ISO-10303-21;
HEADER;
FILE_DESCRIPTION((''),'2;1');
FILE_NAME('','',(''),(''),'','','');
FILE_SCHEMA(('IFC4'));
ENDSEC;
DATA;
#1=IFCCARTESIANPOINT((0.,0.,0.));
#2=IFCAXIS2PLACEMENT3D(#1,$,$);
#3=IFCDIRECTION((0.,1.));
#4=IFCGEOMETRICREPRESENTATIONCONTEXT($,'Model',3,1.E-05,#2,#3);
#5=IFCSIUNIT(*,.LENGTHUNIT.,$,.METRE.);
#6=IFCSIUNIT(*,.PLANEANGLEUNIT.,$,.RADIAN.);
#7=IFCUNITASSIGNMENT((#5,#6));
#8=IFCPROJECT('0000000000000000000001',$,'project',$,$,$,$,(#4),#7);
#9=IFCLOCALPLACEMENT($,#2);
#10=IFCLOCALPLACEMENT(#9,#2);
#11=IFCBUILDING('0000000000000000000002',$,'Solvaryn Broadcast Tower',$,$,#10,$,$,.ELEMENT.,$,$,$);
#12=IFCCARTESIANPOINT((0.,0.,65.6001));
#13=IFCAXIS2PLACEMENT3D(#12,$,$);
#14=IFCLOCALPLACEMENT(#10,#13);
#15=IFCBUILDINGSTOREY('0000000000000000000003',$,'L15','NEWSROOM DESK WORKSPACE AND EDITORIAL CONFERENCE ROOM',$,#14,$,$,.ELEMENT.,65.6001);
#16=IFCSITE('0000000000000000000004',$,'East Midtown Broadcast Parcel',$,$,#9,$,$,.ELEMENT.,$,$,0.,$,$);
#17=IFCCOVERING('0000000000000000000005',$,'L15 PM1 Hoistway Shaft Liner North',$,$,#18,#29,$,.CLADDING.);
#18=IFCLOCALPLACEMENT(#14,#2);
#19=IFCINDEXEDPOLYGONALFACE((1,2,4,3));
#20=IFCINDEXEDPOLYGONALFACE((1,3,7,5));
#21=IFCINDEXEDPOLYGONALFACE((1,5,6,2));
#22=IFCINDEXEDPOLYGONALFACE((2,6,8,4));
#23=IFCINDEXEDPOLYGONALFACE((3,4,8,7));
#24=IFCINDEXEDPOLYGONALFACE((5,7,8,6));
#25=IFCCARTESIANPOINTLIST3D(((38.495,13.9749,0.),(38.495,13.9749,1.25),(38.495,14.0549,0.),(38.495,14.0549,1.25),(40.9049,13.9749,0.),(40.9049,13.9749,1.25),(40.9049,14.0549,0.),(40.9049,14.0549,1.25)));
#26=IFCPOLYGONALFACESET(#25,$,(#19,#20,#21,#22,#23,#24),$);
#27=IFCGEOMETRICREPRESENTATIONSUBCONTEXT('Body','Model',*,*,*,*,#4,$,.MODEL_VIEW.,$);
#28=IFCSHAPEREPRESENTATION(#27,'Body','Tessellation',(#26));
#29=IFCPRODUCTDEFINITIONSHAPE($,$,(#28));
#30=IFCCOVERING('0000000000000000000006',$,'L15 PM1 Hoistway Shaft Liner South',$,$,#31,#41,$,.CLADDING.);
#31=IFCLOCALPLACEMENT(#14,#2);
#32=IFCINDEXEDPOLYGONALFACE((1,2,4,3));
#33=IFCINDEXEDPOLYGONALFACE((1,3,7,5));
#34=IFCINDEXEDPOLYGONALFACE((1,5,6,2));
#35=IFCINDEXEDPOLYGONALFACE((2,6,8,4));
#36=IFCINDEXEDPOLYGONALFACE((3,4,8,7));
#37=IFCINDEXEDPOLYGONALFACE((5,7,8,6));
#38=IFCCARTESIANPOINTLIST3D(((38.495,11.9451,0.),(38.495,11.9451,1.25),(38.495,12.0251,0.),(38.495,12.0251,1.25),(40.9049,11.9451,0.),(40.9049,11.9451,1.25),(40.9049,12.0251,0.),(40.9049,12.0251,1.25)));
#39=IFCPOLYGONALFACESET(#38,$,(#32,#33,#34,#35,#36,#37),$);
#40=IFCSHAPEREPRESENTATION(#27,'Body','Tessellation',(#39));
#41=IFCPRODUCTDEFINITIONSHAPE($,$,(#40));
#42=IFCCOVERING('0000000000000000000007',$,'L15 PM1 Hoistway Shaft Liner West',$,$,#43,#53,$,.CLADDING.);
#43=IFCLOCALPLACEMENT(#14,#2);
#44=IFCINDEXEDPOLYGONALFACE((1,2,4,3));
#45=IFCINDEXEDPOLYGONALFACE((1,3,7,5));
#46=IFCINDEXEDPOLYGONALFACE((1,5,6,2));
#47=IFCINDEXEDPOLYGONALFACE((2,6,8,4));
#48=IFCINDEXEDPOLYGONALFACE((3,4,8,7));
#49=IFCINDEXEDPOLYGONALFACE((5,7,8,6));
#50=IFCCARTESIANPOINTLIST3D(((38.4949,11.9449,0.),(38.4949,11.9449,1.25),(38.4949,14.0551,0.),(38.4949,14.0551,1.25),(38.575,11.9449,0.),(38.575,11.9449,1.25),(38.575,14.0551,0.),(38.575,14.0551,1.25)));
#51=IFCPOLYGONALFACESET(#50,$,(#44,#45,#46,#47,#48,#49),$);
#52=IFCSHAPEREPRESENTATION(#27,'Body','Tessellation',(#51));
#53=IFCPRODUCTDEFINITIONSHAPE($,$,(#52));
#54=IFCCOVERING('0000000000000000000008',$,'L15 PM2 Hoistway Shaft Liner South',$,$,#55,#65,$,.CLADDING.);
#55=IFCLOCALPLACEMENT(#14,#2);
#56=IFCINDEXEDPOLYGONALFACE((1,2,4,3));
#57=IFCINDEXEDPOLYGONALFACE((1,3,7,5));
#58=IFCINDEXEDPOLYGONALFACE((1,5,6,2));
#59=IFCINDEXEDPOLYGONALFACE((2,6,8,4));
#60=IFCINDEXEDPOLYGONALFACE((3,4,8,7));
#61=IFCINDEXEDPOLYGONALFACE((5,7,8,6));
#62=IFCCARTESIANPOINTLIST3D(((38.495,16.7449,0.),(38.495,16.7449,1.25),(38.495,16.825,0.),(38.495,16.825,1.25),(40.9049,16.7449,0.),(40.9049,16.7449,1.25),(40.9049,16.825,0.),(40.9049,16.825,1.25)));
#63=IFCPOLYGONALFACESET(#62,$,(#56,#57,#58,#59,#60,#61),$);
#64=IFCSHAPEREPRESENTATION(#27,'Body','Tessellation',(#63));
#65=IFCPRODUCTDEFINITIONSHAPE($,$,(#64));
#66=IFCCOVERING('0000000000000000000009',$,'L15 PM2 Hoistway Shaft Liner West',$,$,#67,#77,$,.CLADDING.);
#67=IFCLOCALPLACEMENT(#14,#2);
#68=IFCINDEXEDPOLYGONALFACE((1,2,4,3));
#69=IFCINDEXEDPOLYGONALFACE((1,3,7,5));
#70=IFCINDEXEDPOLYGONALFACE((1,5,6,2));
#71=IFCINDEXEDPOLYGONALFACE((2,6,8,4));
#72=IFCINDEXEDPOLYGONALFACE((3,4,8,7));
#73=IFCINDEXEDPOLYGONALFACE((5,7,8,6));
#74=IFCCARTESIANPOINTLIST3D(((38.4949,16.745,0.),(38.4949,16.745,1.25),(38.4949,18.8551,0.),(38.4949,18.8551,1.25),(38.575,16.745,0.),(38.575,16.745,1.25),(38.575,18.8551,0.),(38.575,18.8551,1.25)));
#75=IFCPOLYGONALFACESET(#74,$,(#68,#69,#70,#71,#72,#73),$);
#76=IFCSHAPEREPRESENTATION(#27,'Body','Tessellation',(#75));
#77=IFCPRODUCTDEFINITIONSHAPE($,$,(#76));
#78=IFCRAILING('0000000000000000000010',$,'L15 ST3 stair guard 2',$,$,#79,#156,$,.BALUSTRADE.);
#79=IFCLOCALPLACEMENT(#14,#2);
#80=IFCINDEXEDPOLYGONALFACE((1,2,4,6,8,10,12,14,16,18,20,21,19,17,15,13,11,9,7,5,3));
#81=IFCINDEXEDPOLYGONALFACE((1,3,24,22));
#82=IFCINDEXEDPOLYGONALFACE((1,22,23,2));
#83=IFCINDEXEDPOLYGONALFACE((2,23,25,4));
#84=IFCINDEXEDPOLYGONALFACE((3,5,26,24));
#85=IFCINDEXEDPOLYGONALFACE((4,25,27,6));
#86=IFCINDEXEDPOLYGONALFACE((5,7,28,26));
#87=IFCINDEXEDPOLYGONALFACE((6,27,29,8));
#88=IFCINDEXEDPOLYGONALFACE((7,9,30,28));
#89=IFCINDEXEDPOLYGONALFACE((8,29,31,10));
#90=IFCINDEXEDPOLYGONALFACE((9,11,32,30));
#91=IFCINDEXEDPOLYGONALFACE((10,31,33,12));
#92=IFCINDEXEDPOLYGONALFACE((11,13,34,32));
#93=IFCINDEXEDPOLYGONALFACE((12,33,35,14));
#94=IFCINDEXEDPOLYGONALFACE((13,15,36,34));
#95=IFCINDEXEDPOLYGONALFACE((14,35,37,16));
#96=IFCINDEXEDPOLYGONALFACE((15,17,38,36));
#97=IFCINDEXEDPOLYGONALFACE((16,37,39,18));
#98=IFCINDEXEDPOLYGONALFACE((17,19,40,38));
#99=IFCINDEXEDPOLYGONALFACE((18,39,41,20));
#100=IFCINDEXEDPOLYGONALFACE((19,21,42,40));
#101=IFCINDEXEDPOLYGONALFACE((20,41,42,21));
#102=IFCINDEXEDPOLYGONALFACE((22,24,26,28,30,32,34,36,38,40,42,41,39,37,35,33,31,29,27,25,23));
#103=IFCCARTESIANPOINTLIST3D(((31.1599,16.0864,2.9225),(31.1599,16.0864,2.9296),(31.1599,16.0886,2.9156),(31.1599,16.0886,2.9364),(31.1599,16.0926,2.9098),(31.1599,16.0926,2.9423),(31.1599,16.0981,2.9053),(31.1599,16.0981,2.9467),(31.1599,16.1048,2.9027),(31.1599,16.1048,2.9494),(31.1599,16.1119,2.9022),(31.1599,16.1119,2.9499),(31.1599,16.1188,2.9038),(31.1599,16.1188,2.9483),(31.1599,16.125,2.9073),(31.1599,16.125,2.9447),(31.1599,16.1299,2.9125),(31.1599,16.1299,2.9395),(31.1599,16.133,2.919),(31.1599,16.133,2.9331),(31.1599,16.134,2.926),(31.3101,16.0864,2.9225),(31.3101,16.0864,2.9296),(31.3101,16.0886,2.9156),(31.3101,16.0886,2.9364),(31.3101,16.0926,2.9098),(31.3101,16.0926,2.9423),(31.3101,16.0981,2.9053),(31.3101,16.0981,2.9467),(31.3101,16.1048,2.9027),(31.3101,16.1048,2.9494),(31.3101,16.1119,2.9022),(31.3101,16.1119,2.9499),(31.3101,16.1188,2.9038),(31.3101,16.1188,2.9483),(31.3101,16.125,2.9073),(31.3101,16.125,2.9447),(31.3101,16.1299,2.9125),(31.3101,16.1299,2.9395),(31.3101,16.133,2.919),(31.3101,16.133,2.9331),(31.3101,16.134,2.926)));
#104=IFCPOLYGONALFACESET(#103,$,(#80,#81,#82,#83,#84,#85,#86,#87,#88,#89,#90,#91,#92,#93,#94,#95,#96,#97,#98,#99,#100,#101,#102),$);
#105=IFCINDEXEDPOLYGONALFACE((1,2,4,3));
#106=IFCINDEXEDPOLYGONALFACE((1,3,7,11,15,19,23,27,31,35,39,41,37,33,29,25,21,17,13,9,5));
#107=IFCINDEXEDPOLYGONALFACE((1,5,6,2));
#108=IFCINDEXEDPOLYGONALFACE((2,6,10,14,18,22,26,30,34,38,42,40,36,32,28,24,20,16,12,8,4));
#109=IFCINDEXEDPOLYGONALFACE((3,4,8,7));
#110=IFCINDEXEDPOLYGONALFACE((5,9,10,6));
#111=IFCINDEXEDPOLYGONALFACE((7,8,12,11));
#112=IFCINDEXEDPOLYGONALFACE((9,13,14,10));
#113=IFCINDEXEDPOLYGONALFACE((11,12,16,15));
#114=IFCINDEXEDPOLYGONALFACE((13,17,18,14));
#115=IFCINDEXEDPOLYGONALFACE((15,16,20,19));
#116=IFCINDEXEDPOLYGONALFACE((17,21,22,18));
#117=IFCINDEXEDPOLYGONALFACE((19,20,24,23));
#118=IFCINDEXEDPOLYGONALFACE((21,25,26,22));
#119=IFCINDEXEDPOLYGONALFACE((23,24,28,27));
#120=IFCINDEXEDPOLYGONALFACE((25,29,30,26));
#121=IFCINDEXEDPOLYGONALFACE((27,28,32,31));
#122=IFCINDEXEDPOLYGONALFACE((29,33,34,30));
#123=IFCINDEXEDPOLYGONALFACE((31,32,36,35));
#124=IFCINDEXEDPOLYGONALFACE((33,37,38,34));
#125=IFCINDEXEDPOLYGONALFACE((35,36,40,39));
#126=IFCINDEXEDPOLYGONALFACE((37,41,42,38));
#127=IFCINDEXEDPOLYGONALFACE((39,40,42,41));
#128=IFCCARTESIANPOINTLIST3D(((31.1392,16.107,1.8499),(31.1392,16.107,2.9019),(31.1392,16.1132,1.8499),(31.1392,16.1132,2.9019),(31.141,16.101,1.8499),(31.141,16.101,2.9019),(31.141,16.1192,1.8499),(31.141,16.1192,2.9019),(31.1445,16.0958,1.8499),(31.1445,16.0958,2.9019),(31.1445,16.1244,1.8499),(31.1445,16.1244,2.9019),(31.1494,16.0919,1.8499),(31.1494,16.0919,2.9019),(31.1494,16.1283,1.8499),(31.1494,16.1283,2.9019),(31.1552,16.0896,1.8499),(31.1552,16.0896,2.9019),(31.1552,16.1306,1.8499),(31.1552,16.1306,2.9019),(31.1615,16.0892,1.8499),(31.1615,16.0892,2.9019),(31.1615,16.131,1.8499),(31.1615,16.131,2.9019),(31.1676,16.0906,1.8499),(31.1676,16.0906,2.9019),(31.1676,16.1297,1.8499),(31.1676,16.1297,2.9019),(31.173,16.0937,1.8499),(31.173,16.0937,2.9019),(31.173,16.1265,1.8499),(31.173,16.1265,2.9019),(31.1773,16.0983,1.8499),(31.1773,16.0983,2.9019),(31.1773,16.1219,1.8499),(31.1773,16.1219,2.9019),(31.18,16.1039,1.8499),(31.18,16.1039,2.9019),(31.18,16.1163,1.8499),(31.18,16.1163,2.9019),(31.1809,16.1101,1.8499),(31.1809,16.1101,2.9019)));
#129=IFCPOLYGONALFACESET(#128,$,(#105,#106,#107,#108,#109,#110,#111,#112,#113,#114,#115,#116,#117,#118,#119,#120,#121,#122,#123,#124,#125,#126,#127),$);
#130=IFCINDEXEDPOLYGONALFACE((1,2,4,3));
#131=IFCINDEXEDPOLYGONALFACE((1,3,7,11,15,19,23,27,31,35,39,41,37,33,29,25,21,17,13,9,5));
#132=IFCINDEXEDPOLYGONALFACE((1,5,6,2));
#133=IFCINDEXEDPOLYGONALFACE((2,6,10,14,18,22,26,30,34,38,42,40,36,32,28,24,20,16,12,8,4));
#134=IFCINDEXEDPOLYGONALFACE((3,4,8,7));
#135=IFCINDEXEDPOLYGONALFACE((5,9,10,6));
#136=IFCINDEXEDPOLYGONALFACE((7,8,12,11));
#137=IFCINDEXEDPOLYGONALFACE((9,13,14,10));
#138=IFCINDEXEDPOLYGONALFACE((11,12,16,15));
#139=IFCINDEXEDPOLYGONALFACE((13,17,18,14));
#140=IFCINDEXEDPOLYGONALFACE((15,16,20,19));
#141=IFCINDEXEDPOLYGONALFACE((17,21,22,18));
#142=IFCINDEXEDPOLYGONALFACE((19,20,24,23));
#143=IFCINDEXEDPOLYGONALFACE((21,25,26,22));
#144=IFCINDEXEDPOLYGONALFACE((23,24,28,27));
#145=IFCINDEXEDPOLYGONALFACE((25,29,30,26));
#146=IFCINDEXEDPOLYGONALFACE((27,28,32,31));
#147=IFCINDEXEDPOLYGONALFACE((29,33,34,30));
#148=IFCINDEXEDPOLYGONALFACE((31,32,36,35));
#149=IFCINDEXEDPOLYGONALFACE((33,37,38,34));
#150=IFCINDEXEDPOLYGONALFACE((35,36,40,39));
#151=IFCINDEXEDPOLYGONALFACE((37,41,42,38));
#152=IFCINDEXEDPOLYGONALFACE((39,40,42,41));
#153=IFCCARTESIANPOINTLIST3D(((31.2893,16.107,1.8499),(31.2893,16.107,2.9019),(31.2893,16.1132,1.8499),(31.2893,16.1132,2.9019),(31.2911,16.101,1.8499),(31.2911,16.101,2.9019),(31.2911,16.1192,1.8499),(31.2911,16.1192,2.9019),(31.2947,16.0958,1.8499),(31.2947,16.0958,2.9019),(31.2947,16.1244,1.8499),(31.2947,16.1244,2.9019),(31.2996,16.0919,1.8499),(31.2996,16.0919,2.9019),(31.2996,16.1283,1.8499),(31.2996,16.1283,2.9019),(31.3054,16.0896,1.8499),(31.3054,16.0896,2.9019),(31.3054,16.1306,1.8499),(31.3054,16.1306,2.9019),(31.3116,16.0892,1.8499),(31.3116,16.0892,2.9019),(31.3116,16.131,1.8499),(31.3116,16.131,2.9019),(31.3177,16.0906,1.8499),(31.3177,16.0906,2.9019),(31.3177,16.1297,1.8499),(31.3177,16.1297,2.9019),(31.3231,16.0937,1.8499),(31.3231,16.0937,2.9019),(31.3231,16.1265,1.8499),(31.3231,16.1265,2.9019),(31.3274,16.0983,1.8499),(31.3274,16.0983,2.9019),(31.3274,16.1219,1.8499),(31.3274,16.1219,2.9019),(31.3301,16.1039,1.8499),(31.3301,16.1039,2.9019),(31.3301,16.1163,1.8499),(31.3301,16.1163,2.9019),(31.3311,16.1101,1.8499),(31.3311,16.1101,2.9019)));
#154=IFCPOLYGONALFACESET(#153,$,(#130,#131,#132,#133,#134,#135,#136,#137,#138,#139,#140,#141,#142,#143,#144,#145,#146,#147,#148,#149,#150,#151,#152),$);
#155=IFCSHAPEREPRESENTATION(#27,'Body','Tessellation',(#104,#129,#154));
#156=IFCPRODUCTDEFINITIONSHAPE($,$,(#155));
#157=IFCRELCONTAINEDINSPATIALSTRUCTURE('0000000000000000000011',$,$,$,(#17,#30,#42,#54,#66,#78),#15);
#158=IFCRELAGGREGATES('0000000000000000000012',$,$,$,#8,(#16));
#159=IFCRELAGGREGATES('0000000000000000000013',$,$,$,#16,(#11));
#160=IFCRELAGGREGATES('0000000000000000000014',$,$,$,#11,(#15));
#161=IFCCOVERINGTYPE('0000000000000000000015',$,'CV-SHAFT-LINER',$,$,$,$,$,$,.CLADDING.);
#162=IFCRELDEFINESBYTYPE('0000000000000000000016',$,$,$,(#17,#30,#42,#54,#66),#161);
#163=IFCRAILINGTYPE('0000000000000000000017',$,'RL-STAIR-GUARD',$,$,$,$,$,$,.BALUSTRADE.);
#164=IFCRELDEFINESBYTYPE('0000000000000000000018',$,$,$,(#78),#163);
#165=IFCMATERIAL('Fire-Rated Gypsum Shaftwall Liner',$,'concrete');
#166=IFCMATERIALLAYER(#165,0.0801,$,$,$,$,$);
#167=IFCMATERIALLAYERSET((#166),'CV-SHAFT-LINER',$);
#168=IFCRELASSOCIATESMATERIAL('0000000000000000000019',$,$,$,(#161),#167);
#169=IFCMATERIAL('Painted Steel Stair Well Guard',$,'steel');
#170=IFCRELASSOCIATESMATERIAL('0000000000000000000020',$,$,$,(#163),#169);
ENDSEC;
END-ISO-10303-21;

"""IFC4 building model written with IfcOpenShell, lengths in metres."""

from ifc_helpers import new_model, si_unit, direction, frame, origin, origin_2d, place, context, subcontext, project, spatial, rectangle, circle, extrude, material, layer, layer_set, type_object, element, save


model = new_model("IFC4")

# Units and contexts
model_context = context("Model", 3, precision=1e-05, world=origin(), true_north=direction((0.0, 1.0)))
body_context = subcontext(model_context, "Body", "Model", "MODEL_VIEW")
ifc_project = project(units=[si_unit("LENGTHUNIT", "METRE"), si_unit("PLANEANGLEUNIT", "RADIAN")], contexts=[model_context])

# Site, building, storey
site_placement = place(None, origin())
site = spatial("IfcSite", under=ifc_project, at=site_placement, Name="East Midtown Broadcast Parcel", CompositionType="ELEMENT", RefElevation=0.0)
building_placement = place(site_placement, origin())
building = spatial("IfcBuilding", under=site, at=building_placement, Name="Solvaryn Broadcast Tower", CompositionType="ELEMENT")
storey_placement = place(building_placement, frame((0.0, 0.0, 65.6001)))
storey = spatial("IfcBuildingStorey", under=building, at=storey_placement, Name="L15", Description="NEWSROOM DESK WORKSPACE AND EDITORIAL CONFERENCE ROOM", CompositionType="ELEMENT", Elevation=65.6001)

# Coverings
ifc_material_1 = material(Name="Fire-Rated Gypsum Shaftwall Liner", Category="concrete")
ifc_layer_1 = layer(ifc_material_1, 0.0801)
ifc_layer_set_1 = layer_set([ifc_layer_1], Name="CV-SHAFT-LINER")
covering_type = type_object("IfcCoveringType", Name="CV-SHAFT-LINER", PredefinedType="CLADDING", material=ifc_layer_set_1)
for number, where, z_axis, x_axis, name in (
    (1, (39.7, 14.0149, 0.0), (0.0, 0.0, 1.0), (1.0, 0.0, 0.0), "L15 PM1 Hoistway Shaft Liner North"),
    (2, (39.7, 11.9851, 0.0), (0.0, 0.0, 1.0), (1.0, 0.0, 0.0), "L15 PM1 Hoistway Shaft Liner South"),
):
    element("IfcCovering", number, at=place(storey_placement, frame(where, z_axis=z_axis, x_axis=x_axis)), inside=storey, type_object=covering_type, Name=name, PredefinedType="CLADDING", context=body_context, shape_type="SweptSolid", body=[
        extrude(rectangle(XDim=2.4099, YDim=0.0801, at=origin_2d()), origin(), (0.0, 0.0, 1.0), 1.25),
    ])
covering_1_placement = place(storey_placement, frame((38.5349, 13.0, 0.0), z_axis=(0.0, 0.0, 1.0), x_axis=(1.0, 0.0, 0.0)))
element("IfcCovering", 3, at=covering_1_placement, inside=storey, type_object=covering_type, Name="L15 PM1 Hoistway Shaft Liner West", PredefinedType="CLADDING", context=body_context, shape_type="SweptSolid", body=[
    extrude(rectangle(XDim=0.0801, YDim=2.1101, at=origin_2d()), origin(), (0.0, 0.0, 1.0), 1.25),
])
covering_2_placement = place(storey_placement, frame((39.7, 16.7849, 0.0), z_axis=(0.0, 0.0, 1.0), x_axis=(1.0, 0.0, 0.0)))
element("IfcCovering", 4, at=covering_2_placement, inside=storey, type_object=covering_type, Name="L15 PM2 Hoistway Shaft Liner South", PredefinedType="CLADDING", context=body_context, shape_type="SweptSolid", body=[
    extrude(rectangle(XDim=2.4099, YDim=0.0801, at=origin_2d()), origin(), (0.0, 0.0, 1.0), 1.25),
])
covering_3_placement = place(storey_placement, frame((38.5349, 17.8, 0.0), z_axis=(0.0, 0.0, 1.0), x_axis=(1.0, 0.0, 0.0)))
element("IfcCovering", 5, at=covering_3_placement, inside=storey, type_object=covering_type, Name="L15 PM2 Hoistway Shaft Liner West", PredefinedType="CLADDING", context=body_context, shape_type="SweptSolid", body=[
    extrude(rectangle(XDim=0.0801, YDim=2.1101, at=origin_2d()), origin(), (0.0, 0.0, 1.0), 1.25),
])

# Railing
ifc_material_2 = material(Name="Painted Steel Stair Well Guard", Category="steel")
railing_type_1 = type_object("IfcRailingType", Name="RL-STAIR-GUARD", PredefinedType="BALUSTRADE", material=ifc_material_2)
railing_1_placement = place(storey_placement, frame((31.1599, 16.1101, 1.8499)))
element("IfcRailing", 6, at=railing_1_placement, inside=storey, type_object=railing_type_1, Name="L15 ST3 stair guard 2", PredefinedType="BALUSTRADE", context=body_context, shape_type="SweptSolid", body=[
    extrude(circle(Radius=0.0239, at=origin_2d()), frame((0.0, 0.0, 1.0762), z_axis=(1.0, 0.0, 0.0), x_axis=(0.0, 1.0, 0.0)), (0.0, 0.0, 1.0), 0.1501),
    extrude(circle(Radius=0.021, at=origin_2d()), origin(), (0.0, 0.0, 1.0), 1.052),
    extrude(circle(Radius=0.021, at=origin_2d()), frame((0.1501, 0.0, 0.0)), (0.0, 0.0, 1.0), 1.052),
])

save(model, "model.ifc")
